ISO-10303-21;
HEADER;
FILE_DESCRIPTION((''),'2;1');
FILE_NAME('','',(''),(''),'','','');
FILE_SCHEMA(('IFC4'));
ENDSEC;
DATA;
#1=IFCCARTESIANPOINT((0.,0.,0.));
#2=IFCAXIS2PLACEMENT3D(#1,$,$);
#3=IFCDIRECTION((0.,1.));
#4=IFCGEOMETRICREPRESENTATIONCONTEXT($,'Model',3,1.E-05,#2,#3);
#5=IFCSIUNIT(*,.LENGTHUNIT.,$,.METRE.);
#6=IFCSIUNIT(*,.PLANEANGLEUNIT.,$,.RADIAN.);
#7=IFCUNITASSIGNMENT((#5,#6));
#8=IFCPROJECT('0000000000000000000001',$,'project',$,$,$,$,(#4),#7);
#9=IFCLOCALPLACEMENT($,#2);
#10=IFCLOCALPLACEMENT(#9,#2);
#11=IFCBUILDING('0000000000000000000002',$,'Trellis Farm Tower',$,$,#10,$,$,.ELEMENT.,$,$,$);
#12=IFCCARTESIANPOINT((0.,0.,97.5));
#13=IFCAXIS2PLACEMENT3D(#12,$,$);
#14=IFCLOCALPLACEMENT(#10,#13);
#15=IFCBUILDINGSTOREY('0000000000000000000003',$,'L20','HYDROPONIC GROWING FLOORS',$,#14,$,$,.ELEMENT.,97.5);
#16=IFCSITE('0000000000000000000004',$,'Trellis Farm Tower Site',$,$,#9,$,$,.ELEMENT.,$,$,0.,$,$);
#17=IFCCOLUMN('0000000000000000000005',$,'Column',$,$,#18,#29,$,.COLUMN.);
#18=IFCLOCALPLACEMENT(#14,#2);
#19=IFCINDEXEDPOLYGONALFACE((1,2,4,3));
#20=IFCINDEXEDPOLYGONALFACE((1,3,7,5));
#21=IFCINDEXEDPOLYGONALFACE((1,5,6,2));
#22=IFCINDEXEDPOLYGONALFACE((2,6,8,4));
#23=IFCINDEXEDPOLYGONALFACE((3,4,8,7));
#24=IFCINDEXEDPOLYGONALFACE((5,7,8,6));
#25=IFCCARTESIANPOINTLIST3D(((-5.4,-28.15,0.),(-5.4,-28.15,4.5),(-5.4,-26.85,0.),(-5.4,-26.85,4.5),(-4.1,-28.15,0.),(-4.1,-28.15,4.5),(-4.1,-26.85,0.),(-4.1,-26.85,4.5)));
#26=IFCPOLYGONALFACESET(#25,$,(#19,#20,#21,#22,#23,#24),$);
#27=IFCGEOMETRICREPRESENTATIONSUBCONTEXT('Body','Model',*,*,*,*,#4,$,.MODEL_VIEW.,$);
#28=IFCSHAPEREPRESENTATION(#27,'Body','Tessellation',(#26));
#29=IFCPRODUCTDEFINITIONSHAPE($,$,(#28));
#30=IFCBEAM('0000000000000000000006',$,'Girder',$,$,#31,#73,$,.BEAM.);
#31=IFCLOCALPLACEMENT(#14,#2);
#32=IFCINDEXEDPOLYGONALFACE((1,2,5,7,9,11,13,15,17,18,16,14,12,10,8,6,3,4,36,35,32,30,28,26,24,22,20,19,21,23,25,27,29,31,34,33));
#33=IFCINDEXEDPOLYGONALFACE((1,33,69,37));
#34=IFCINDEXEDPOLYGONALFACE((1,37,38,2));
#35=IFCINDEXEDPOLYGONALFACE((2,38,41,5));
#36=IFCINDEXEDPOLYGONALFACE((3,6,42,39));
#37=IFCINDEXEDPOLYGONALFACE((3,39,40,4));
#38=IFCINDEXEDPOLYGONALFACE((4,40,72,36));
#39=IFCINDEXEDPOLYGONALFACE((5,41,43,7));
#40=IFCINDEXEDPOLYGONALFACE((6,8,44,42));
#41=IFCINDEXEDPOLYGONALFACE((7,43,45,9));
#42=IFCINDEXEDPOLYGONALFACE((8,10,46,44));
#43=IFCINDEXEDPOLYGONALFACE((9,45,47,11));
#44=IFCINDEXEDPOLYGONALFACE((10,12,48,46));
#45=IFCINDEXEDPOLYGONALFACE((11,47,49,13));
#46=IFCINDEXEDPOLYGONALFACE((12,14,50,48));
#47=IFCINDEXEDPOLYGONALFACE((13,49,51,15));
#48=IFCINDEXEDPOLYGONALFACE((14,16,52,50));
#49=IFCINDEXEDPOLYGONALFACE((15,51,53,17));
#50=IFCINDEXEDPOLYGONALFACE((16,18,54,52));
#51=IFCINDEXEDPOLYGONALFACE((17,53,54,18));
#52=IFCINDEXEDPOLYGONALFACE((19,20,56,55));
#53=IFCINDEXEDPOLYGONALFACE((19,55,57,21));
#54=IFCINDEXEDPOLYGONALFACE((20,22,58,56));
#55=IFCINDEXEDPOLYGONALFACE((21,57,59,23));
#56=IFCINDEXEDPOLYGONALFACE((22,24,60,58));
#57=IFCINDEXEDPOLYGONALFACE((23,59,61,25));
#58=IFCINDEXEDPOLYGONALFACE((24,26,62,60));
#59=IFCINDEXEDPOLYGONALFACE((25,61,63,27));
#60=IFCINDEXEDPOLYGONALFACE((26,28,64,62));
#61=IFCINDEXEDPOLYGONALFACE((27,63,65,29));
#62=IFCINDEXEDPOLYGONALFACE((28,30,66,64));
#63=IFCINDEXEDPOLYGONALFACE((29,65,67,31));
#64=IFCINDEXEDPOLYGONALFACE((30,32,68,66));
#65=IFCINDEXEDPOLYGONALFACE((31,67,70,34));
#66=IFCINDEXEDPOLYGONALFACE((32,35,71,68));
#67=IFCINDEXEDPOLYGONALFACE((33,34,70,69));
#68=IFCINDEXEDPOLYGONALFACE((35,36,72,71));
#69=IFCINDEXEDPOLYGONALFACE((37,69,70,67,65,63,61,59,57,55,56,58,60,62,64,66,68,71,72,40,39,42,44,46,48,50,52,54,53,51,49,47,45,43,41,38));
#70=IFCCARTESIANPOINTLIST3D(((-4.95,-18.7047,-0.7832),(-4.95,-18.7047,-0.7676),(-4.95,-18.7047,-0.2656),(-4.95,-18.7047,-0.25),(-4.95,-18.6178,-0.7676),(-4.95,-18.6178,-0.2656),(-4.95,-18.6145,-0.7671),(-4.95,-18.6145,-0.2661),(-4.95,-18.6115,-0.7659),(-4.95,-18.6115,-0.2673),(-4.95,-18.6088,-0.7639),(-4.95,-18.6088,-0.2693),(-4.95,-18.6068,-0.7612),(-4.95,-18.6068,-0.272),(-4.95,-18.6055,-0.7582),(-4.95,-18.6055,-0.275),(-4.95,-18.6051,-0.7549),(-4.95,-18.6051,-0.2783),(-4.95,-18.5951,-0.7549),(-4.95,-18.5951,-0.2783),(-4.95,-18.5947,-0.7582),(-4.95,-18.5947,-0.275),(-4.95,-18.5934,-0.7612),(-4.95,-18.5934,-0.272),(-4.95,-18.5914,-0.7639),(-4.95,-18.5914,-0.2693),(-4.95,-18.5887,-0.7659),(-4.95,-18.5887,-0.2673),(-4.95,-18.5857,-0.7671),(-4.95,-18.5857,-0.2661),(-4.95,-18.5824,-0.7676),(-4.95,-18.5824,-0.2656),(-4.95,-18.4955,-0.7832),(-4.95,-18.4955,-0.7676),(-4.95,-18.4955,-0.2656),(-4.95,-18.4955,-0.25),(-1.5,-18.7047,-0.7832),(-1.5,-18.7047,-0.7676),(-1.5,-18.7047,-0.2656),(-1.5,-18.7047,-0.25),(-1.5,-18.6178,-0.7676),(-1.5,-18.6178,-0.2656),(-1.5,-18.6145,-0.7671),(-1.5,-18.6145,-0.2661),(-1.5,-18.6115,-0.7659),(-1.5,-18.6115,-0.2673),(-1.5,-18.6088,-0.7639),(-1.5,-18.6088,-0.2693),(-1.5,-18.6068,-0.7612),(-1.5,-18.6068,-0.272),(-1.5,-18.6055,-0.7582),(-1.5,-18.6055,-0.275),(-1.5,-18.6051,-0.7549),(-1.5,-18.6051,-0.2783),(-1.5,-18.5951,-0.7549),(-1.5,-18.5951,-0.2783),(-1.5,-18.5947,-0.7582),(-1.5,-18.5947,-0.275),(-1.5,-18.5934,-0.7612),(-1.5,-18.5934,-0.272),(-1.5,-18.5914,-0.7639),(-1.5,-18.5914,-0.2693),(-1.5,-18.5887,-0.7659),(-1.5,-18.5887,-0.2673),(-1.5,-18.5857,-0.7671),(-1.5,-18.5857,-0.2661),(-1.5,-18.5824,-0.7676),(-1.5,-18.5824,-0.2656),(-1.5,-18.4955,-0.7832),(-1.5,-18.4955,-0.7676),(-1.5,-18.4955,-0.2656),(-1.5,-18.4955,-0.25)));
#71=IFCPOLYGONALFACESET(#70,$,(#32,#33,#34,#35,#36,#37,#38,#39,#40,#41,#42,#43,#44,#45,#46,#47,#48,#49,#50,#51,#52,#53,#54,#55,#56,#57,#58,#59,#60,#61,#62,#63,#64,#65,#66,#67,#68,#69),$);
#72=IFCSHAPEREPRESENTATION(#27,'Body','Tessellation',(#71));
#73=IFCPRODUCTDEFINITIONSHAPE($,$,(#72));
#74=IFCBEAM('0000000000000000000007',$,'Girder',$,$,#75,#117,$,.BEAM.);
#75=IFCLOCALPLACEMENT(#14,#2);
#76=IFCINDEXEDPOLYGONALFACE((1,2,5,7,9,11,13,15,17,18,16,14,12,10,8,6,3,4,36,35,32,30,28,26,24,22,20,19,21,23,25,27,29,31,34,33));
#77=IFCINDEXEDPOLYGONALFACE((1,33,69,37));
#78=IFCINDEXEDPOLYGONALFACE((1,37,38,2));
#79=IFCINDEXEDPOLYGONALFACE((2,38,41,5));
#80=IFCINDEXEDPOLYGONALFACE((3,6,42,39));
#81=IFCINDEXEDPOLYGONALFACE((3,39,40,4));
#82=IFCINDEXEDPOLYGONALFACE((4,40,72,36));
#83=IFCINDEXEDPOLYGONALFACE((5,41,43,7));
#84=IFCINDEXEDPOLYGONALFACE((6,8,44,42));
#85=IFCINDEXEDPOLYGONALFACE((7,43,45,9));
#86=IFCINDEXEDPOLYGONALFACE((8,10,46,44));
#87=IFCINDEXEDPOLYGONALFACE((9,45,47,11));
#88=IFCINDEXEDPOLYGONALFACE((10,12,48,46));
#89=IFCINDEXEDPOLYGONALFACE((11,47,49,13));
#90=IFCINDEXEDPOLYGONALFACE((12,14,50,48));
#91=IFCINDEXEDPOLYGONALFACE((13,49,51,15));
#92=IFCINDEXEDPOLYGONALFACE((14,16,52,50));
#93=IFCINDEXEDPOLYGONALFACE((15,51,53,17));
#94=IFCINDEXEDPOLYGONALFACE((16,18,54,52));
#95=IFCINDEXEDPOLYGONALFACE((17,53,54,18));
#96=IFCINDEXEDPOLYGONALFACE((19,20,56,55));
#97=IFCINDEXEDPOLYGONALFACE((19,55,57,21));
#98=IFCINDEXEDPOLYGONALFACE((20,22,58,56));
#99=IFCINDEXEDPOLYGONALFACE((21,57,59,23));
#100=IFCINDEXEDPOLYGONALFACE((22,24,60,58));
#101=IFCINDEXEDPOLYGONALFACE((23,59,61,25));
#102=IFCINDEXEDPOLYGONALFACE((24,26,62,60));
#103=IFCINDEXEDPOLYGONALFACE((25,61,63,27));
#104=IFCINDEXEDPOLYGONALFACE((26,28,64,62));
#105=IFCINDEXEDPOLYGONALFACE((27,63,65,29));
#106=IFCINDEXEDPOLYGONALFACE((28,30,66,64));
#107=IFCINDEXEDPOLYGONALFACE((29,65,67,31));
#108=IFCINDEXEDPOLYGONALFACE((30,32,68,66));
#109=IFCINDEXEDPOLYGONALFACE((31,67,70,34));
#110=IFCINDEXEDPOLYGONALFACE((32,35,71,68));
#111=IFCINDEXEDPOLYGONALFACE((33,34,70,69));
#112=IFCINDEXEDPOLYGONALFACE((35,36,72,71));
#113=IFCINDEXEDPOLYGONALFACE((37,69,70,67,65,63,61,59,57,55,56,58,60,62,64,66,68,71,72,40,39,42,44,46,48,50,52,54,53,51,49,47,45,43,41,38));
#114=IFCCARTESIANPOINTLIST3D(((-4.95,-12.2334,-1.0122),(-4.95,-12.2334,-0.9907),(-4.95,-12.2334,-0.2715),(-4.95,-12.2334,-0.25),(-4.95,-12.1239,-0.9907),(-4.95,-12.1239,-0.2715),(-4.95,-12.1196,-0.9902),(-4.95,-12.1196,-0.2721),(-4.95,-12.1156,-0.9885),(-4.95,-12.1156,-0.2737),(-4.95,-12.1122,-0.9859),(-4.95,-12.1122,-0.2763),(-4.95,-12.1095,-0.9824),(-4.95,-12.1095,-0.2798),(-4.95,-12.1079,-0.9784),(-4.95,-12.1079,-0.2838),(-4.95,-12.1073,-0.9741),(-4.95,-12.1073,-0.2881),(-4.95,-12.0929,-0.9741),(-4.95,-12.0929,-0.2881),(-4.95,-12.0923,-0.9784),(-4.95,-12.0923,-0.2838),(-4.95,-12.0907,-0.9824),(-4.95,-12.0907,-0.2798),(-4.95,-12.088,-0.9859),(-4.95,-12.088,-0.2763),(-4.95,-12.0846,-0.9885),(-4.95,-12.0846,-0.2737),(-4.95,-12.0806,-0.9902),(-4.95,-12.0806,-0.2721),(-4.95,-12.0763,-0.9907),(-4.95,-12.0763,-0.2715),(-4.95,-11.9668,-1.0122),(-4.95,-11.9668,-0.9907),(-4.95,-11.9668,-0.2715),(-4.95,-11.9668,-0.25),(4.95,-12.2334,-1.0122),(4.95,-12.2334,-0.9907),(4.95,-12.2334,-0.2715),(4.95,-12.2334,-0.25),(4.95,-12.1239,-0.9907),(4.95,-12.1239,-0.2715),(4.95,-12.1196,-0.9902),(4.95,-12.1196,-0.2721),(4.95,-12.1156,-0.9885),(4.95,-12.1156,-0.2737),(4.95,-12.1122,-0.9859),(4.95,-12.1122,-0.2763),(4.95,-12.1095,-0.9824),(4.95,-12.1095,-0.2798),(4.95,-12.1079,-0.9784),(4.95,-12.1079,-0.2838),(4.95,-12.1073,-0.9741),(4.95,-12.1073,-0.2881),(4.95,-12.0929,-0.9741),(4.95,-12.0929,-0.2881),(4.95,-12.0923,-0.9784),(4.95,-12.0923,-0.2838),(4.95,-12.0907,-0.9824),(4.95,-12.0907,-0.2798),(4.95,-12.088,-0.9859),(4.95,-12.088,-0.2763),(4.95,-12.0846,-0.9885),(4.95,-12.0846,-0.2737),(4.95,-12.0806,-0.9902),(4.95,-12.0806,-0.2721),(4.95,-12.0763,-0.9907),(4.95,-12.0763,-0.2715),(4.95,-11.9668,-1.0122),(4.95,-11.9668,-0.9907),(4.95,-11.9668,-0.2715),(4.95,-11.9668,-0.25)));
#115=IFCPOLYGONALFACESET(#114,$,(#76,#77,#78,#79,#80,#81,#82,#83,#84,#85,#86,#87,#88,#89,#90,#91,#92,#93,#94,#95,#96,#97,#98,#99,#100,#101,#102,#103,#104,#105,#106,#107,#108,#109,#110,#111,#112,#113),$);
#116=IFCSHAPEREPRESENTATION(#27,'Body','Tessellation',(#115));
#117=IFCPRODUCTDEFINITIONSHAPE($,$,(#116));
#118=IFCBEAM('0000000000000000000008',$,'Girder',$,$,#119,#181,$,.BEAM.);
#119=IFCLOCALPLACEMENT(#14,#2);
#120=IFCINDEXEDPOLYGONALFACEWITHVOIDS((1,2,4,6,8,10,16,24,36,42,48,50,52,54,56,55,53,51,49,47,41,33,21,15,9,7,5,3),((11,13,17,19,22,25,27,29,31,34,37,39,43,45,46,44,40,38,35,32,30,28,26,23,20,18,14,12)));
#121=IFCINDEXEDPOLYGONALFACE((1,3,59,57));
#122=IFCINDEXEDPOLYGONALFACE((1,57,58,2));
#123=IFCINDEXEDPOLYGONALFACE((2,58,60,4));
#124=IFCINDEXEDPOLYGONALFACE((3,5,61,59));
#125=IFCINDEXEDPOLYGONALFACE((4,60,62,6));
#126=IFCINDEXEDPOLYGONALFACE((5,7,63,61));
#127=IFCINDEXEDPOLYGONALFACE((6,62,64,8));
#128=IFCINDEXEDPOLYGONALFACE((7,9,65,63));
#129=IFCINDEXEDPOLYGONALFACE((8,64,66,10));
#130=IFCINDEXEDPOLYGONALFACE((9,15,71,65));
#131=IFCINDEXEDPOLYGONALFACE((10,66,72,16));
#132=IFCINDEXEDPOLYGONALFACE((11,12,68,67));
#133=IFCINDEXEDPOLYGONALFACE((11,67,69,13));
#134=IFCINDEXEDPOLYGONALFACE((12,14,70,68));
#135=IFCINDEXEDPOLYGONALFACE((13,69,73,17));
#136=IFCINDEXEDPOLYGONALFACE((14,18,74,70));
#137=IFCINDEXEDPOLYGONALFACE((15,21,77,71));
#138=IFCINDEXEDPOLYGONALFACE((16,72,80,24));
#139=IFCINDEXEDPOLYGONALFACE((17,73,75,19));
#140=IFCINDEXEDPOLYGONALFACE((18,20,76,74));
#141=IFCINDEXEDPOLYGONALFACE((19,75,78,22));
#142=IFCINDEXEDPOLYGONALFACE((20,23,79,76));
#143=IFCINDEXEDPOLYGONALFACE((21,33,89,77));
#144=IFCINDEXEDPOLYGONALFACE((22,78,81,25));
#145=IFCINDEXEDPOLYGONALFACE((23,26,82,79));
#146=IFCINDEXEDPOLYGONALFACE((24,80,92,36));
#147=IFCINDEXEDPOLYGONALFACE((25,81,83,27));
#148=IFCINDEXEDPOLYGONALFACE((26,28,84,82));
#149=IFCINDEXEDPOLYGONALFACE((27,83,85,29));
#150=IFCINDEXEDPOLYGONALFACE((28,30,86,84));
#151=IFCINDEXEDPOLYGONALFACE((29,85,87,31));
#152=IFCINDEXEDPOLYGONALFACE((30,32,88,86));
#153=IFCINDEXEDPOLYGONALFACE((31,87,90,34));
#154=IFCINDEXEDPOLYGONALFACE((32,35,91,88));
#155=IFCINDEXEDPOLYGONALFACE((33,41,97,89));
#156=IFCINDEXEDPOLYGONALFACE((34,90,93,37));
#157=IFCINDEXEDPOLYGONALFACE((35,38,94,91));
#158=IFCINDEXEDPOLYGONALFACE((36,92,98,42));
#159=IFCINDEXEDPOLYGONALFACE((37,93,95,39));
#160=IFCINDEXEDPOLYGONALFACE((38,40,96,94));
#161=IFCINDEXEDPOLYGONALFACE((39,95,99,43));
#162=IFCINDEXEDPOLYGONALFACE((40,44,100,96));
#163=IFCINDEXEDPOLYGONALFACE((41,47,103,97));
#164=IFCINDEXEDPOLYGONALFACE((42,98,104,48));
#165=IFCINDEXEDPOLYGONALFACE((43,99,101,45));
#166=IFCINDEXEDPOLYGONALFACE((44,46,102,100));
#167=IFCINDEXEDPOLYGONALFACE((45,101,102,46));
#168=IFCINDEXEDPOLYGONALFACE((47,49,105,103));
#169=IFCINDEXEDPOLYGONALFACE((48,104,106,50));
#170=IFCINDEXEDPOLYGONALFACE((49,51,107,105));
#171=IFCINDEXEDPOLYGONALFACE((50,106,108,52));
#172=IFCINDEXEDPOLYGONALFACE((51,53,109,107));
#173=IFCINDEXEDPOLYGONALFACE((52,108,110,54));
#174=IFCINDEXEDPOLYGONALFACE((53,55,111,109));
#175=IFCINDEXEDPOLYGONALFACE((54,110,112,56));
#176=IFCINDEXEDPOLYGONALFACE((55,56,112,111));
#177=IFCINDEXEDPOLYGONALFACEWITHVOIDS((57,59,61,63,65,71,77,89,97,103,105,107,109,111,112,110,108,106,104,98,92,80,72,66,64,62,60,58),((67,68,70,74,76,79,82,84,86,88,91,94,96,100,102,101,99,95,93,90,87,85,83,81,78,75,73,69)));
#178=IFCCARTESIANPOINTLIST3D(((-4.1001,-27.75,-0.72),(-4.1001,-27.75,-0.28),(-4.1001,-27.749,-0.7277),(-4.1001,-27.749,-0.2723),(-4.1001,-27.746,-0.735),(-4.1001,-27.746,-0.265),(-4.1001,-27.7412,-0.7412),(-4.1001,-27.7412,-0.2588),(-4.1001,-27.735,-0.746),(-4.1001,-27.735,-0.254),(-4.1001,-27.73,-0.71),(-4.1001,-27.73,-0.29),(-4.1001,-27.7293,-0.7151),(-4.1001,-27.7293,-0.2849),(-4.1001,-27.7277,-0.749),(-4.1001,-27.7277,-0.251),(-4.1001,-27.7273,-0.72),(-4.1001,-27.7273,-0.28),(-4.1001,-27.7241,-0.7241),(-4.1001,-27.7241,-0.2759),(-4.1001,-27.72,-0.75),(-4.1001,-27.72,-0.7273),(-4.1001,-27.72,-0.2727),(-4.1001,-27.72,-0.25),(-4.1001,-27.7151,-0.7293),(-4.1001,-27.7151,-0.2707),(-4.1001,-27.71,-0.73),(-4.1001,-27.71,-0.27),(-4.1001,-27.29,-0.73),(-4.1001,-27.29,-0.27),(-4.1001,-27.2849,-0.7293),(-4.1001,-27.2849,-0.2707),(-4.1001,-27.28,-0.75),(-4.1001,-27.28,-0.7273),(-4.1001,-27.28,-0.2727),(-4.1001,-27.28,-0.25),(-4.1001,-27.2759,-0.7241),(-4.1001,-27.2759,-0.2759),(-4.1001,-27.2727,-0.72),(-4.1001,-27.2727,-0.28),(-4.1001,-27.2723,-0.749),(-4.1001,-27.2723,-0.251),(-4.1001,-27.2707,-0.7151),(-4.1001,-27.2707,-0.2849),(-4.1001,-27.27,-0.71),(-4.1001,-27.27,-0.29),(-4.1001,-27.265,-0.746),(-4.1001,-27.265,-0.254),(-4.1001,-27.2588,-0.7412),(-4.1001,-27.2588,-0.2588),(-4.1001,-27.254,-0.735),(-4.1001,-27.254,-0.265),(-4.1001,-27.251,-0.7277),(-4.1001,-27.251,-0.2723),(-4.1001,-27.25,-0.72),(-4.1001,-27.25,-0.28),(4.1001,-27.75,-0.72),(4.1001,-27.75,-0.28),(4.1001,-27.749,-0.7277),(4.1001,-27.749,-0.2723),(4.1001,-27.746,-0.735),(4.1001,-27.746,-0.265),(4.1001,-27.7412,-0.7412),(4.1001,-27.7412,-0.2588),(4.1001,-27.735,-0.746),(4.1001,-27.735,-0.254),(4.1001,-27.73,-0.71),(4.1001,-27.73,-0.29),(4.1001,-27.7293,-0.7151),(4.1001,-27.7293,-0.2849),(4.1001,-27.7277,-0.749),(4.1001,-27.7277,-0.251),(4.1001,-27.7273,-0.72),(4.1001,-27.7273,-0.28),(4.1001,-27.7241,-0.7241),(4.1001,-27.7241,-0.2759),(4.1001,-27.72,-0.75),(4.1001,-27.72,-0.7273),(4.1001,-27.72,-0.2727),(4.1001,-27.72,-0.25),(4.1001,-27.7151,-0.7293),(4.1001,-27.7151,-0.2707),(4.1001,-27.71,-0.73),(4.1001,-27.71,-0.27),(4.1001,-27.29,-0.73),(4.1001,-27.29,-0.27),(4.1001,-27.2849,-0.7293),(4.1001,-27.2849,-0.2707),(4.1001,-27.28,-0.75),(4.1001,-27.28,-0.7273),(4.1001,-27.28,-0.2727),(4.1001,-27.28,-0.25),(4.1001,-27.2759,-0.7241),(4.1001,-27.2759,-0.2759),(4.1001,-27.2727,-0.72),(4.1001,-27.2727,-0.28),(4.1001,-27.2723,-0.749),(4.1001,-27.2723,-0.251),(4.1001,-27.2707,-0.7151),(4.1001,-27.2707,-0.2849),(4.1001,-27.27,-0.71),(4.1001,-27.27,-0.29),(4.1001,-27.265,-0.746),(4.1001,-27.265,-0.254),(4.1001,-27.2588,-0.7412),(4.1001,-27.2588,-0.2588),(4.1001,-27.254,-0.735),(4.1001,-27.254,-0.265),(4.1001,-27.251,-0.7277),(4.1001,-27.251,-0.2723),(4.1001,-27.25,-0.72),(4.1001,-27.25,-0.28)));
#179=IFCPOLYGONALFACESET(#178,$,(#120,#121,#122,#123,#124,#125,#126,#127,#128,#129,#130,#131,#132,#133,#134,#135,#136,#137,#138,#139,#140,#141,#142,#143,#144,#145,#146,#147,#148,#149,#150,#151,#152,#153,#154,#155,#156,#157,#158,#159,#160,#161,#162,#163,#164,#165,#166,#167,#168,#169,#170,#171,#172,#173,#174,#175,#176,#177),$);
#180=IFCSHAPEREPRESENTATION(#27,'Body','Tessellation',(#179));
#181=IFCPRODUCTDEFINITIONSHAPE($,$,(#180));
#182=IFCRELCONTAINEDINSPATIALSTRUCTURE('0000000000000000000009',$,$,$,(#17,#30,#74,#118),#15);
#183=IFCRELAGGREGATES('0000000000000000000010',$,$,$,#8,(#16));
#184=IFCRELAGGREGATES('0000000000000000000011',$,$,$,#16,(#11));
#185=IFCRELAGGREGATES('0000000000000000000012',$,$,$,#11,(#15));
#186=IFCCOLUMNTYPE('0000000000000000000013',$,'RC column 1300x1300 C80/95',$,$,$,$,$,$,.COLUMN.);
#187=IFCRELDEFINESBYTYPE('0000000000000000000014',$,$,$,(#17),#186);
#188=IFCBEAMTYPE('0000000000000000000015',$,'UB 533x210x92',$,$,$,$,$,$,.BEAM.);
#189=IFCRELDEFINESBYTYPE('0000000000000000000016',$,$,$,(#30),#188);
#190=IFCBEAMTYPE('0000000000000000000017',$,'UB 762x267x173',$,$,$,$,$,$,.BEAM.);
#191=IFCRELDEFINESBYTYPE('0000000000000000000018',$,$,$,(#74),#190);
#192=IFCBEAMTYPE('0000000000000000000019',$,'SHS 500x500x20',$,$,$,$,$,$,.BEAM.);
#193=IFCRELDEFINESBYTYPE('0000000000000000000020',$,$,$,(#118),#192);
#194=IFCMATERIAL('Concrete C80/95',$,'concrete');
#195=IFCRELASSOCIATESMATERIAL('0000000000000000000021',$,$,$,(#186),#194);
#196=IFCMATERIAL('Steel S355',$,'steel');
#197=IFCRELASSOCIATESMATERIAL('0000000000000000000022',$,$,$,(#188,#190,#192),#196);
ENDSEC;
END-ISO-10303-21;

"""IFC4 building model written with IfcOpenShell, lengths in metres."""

from ifc_helpers import new_model, si_unit, direction, frame, origin, origin_2d, place, context, subcontext, project, spatial, rectangle, hollow_rectangle, i_section, extrude, source, transform, mapped, material, material_profile, profile_set, type_object, element, save


model = new_model("IFC4")

# Units and contexts
model_context = context("Model", 3, precision=1e-05, world=origin(), true_north=direction((0.0, 1.0)))
body_context = subcontext(model_context, "Body", "Model", "MODEL_VIEW")
ifc_project = project(units=[si_unit("LENGTHUNIT", "METRE"), si_unit("PLANEANGLEUNIT", "RADIAN")], contexts=[model_context])

# Site, building, storey
site_placement = place(None, origin())
site = spatial("IfcSite", under=ifc_project, at=site_placement, Name="Trellis Farm Tower Site", CompositionType="ELEMENT", RefElevation=0.0)
building_placement = place(site_placement, origin())
building = spatial("IfcBuilding", under=site, at=building_placement, Name="Trellis Farm Tower", CompositionType="ELEMENT")
storey_placement = place(building_placement, frame((0.0, 0.0, 97.5)))
storey = spatial("IfcBuildingStorey", under=building, at=storey_placement, Name="L20", Description="HYDROPONIC GROWING FLOORS", CompositionType="ELEMENT", Elevation=97.5)

# Column
ifc_material_1 = material(Name="Concrete C80/95", Category="concrete")
ifc_material_profile_1 = material_profile(ifc_material_1, rectangle(XDim=1.3, YDim=1.3, at=origin_2d()), Name="RC column 1300x1300 C80/95")
ifc_profile_set_1 = profile_set([ifc_material_profile_1], Name="Concrete C80/95")
column_type = type_object("IfcColumnType", Name="RC column 1300x1300 C80/95", PredefinedType="COLUMN", material=ifc_profile_set_1)
shared_shape_1 = source(origin(), body_context, "Body", "SweptSolid", [
    extrude(rectangle(XDim=1.3, YDim=1.3, at=origin_2d()), origin(), (0.0, 0.0, 1.0), 4.5),
])
column_placement = place(storey_placement, frame((-4.75, -27.5, 0.0), z_axis=(0.0, 0.0, 1.0), x_axis=(1.0, 0.0, 0.0)))
element("IfcColumn", 1, at=column_placement, inside=storey, type_object=column_type, Name="Column", PredefinedType="COLUMN", context=body_context, shape_type="MappedRepresentation", body=[
    mapped(shared_shape_1, transform((0.0, 0.0, 0.0))),
])

# Beams
ifc_material_2 = material(Name="Steel S355", Category="steel")
ifc_material_profile_2 = material_profile(ifc_material_2, i_section(OverallWidth=0.2092, OverallDepth=0.5332, WebThickness=0.01, FlangeThickness=0.0156, FilletRadius=0.0127, at=origin_2d()), Name="UB 533x210x92")
ifc_profile_set_2 = profile_set([ifc_material_profile_2], Name="Steel S355")
beam_type_1 = type_object("IfcBeamType", Name="UB 533x210x92", PredefinedType="BEAM", material=ifc_profile_set_2)
shared_shape_2 = source(origin(), body_context, "Body", "SweptSolid", [
    extrude(i_section(OverallWidth=0.2092, OverallDepth=0.5332, WebThickness=0.01, FlangeThickness=0.0156, FilletRadius=0.0127, at=origin_2d()), origin(), (0.0, 0.0, 1.0), 3.45),
])
beam_1_placement = place(storey_placement, frame((-4.95, -18.6001, -0.5166), z_axis=(1.0, 0.0, 0.0), x_axis=(0.0, 1.0, 0.0)))
element("IfcBeam", 2, at=beam_1_placement, inside=storey, type_object=beam_type_1, Name="Girder", PredefinedType="BEAM", context=body_context, shape_type="MappedRepresentation", body=[
    mapped(shared_shape_2, transform((0.0, 0.0, 0.0))),
])
ifc_material_profile_3 = material_profile(ifc_material_2, i_section(OverallWidth=0.2666, OverallDepth=0.7622, WebThickness=0.0144, FlangeThickness=0.0215, FilletRadius=0.0166, at=origin_2d()), Name="UB 762x267x173")
ifc_profile_set_3 = profile_set([ifc_material_profile_3], Name="Steel S355")
beam_type_2 = type_object("IfcBeamType", Name="UB 762x267x173", PredefinedType="BEAM", material=ifc_profile_set_3)
shared_shape_3 = source(origin(), body_context, "Body", "SweptSolid", [
    extrude(i_section(OverallWidth=0.2666, OverallDepth=0.7622, WebThickness=0.0144, FlangeThickness=0.0215, FilletRadius=0.0166, at=origin_2d()), origin(), (0.0, 0.0, 1.0), 9.8999),
])
beam_2_placement = place(storey_placement, frame((-4.95, -12.1001, -0.6311), z_axis=(1.0, 0.0, 0.0), x_axis=(0.0, 1.0, 0.0)))
element("IfcBeam", 3, at=beam_2_placement, inside=storey, type_object=beam_type_2, Name="Girder", PredefinedType="BEAM", context=body_context, shape_type="MappedRepresentation", body=[
    mapped(shared_shape_3, transform((0.0, 0.0, 0.0))),
])
ifc_material_profile_4 = material_profile(ifc_material_2, hollow_rectangle(XDim=0.5, YDim=0.5, WallThickness=0.02, InnerFilletRadius=0.02, OuterFilletRadius=0.03, at=origin_2d()), Name="SHS 500x500x20")
ifc_profile_set_4 = profile_set([ifc_material_profile_4], Name="Steel S355")
beam_type_3 = type_object("IfcBeamType", Name="SHS 500x500x20", PredefinedType="BEAM", material=ifc_profile_set_4)
shared_shape_4 = source(origin(), body_context, "Body", "SweptSolid", [
    extrude(hollow_rectangle(XDim=0.5, YDim=0.5, WallThickness=0.02, InnerFilletRadius=0.02, OuterFilletRadius=0.03, at=origin_2d()), origin(), (0.0, 0.0, 1.0), 8.2002),
])
beam_3_placement = place(storey_placement, frame((-4.1001, -27.5, -0.5), z_axis=(1.0, 0.0, 0.0), x_axis=(0.0, 1.0, 0.0)))
element("IfcBeam", 4, at=beam_3_placement, inside=storey, type_object=beam_type_3, Name="Girder", PredefinedType="BEAM", context=body_context, shape_type="MappedRepresentation", body=[
    mapped(shared_shape_4, transform((0.0, 0.0, 0.0))),
])

save(model, "model.ifc")
